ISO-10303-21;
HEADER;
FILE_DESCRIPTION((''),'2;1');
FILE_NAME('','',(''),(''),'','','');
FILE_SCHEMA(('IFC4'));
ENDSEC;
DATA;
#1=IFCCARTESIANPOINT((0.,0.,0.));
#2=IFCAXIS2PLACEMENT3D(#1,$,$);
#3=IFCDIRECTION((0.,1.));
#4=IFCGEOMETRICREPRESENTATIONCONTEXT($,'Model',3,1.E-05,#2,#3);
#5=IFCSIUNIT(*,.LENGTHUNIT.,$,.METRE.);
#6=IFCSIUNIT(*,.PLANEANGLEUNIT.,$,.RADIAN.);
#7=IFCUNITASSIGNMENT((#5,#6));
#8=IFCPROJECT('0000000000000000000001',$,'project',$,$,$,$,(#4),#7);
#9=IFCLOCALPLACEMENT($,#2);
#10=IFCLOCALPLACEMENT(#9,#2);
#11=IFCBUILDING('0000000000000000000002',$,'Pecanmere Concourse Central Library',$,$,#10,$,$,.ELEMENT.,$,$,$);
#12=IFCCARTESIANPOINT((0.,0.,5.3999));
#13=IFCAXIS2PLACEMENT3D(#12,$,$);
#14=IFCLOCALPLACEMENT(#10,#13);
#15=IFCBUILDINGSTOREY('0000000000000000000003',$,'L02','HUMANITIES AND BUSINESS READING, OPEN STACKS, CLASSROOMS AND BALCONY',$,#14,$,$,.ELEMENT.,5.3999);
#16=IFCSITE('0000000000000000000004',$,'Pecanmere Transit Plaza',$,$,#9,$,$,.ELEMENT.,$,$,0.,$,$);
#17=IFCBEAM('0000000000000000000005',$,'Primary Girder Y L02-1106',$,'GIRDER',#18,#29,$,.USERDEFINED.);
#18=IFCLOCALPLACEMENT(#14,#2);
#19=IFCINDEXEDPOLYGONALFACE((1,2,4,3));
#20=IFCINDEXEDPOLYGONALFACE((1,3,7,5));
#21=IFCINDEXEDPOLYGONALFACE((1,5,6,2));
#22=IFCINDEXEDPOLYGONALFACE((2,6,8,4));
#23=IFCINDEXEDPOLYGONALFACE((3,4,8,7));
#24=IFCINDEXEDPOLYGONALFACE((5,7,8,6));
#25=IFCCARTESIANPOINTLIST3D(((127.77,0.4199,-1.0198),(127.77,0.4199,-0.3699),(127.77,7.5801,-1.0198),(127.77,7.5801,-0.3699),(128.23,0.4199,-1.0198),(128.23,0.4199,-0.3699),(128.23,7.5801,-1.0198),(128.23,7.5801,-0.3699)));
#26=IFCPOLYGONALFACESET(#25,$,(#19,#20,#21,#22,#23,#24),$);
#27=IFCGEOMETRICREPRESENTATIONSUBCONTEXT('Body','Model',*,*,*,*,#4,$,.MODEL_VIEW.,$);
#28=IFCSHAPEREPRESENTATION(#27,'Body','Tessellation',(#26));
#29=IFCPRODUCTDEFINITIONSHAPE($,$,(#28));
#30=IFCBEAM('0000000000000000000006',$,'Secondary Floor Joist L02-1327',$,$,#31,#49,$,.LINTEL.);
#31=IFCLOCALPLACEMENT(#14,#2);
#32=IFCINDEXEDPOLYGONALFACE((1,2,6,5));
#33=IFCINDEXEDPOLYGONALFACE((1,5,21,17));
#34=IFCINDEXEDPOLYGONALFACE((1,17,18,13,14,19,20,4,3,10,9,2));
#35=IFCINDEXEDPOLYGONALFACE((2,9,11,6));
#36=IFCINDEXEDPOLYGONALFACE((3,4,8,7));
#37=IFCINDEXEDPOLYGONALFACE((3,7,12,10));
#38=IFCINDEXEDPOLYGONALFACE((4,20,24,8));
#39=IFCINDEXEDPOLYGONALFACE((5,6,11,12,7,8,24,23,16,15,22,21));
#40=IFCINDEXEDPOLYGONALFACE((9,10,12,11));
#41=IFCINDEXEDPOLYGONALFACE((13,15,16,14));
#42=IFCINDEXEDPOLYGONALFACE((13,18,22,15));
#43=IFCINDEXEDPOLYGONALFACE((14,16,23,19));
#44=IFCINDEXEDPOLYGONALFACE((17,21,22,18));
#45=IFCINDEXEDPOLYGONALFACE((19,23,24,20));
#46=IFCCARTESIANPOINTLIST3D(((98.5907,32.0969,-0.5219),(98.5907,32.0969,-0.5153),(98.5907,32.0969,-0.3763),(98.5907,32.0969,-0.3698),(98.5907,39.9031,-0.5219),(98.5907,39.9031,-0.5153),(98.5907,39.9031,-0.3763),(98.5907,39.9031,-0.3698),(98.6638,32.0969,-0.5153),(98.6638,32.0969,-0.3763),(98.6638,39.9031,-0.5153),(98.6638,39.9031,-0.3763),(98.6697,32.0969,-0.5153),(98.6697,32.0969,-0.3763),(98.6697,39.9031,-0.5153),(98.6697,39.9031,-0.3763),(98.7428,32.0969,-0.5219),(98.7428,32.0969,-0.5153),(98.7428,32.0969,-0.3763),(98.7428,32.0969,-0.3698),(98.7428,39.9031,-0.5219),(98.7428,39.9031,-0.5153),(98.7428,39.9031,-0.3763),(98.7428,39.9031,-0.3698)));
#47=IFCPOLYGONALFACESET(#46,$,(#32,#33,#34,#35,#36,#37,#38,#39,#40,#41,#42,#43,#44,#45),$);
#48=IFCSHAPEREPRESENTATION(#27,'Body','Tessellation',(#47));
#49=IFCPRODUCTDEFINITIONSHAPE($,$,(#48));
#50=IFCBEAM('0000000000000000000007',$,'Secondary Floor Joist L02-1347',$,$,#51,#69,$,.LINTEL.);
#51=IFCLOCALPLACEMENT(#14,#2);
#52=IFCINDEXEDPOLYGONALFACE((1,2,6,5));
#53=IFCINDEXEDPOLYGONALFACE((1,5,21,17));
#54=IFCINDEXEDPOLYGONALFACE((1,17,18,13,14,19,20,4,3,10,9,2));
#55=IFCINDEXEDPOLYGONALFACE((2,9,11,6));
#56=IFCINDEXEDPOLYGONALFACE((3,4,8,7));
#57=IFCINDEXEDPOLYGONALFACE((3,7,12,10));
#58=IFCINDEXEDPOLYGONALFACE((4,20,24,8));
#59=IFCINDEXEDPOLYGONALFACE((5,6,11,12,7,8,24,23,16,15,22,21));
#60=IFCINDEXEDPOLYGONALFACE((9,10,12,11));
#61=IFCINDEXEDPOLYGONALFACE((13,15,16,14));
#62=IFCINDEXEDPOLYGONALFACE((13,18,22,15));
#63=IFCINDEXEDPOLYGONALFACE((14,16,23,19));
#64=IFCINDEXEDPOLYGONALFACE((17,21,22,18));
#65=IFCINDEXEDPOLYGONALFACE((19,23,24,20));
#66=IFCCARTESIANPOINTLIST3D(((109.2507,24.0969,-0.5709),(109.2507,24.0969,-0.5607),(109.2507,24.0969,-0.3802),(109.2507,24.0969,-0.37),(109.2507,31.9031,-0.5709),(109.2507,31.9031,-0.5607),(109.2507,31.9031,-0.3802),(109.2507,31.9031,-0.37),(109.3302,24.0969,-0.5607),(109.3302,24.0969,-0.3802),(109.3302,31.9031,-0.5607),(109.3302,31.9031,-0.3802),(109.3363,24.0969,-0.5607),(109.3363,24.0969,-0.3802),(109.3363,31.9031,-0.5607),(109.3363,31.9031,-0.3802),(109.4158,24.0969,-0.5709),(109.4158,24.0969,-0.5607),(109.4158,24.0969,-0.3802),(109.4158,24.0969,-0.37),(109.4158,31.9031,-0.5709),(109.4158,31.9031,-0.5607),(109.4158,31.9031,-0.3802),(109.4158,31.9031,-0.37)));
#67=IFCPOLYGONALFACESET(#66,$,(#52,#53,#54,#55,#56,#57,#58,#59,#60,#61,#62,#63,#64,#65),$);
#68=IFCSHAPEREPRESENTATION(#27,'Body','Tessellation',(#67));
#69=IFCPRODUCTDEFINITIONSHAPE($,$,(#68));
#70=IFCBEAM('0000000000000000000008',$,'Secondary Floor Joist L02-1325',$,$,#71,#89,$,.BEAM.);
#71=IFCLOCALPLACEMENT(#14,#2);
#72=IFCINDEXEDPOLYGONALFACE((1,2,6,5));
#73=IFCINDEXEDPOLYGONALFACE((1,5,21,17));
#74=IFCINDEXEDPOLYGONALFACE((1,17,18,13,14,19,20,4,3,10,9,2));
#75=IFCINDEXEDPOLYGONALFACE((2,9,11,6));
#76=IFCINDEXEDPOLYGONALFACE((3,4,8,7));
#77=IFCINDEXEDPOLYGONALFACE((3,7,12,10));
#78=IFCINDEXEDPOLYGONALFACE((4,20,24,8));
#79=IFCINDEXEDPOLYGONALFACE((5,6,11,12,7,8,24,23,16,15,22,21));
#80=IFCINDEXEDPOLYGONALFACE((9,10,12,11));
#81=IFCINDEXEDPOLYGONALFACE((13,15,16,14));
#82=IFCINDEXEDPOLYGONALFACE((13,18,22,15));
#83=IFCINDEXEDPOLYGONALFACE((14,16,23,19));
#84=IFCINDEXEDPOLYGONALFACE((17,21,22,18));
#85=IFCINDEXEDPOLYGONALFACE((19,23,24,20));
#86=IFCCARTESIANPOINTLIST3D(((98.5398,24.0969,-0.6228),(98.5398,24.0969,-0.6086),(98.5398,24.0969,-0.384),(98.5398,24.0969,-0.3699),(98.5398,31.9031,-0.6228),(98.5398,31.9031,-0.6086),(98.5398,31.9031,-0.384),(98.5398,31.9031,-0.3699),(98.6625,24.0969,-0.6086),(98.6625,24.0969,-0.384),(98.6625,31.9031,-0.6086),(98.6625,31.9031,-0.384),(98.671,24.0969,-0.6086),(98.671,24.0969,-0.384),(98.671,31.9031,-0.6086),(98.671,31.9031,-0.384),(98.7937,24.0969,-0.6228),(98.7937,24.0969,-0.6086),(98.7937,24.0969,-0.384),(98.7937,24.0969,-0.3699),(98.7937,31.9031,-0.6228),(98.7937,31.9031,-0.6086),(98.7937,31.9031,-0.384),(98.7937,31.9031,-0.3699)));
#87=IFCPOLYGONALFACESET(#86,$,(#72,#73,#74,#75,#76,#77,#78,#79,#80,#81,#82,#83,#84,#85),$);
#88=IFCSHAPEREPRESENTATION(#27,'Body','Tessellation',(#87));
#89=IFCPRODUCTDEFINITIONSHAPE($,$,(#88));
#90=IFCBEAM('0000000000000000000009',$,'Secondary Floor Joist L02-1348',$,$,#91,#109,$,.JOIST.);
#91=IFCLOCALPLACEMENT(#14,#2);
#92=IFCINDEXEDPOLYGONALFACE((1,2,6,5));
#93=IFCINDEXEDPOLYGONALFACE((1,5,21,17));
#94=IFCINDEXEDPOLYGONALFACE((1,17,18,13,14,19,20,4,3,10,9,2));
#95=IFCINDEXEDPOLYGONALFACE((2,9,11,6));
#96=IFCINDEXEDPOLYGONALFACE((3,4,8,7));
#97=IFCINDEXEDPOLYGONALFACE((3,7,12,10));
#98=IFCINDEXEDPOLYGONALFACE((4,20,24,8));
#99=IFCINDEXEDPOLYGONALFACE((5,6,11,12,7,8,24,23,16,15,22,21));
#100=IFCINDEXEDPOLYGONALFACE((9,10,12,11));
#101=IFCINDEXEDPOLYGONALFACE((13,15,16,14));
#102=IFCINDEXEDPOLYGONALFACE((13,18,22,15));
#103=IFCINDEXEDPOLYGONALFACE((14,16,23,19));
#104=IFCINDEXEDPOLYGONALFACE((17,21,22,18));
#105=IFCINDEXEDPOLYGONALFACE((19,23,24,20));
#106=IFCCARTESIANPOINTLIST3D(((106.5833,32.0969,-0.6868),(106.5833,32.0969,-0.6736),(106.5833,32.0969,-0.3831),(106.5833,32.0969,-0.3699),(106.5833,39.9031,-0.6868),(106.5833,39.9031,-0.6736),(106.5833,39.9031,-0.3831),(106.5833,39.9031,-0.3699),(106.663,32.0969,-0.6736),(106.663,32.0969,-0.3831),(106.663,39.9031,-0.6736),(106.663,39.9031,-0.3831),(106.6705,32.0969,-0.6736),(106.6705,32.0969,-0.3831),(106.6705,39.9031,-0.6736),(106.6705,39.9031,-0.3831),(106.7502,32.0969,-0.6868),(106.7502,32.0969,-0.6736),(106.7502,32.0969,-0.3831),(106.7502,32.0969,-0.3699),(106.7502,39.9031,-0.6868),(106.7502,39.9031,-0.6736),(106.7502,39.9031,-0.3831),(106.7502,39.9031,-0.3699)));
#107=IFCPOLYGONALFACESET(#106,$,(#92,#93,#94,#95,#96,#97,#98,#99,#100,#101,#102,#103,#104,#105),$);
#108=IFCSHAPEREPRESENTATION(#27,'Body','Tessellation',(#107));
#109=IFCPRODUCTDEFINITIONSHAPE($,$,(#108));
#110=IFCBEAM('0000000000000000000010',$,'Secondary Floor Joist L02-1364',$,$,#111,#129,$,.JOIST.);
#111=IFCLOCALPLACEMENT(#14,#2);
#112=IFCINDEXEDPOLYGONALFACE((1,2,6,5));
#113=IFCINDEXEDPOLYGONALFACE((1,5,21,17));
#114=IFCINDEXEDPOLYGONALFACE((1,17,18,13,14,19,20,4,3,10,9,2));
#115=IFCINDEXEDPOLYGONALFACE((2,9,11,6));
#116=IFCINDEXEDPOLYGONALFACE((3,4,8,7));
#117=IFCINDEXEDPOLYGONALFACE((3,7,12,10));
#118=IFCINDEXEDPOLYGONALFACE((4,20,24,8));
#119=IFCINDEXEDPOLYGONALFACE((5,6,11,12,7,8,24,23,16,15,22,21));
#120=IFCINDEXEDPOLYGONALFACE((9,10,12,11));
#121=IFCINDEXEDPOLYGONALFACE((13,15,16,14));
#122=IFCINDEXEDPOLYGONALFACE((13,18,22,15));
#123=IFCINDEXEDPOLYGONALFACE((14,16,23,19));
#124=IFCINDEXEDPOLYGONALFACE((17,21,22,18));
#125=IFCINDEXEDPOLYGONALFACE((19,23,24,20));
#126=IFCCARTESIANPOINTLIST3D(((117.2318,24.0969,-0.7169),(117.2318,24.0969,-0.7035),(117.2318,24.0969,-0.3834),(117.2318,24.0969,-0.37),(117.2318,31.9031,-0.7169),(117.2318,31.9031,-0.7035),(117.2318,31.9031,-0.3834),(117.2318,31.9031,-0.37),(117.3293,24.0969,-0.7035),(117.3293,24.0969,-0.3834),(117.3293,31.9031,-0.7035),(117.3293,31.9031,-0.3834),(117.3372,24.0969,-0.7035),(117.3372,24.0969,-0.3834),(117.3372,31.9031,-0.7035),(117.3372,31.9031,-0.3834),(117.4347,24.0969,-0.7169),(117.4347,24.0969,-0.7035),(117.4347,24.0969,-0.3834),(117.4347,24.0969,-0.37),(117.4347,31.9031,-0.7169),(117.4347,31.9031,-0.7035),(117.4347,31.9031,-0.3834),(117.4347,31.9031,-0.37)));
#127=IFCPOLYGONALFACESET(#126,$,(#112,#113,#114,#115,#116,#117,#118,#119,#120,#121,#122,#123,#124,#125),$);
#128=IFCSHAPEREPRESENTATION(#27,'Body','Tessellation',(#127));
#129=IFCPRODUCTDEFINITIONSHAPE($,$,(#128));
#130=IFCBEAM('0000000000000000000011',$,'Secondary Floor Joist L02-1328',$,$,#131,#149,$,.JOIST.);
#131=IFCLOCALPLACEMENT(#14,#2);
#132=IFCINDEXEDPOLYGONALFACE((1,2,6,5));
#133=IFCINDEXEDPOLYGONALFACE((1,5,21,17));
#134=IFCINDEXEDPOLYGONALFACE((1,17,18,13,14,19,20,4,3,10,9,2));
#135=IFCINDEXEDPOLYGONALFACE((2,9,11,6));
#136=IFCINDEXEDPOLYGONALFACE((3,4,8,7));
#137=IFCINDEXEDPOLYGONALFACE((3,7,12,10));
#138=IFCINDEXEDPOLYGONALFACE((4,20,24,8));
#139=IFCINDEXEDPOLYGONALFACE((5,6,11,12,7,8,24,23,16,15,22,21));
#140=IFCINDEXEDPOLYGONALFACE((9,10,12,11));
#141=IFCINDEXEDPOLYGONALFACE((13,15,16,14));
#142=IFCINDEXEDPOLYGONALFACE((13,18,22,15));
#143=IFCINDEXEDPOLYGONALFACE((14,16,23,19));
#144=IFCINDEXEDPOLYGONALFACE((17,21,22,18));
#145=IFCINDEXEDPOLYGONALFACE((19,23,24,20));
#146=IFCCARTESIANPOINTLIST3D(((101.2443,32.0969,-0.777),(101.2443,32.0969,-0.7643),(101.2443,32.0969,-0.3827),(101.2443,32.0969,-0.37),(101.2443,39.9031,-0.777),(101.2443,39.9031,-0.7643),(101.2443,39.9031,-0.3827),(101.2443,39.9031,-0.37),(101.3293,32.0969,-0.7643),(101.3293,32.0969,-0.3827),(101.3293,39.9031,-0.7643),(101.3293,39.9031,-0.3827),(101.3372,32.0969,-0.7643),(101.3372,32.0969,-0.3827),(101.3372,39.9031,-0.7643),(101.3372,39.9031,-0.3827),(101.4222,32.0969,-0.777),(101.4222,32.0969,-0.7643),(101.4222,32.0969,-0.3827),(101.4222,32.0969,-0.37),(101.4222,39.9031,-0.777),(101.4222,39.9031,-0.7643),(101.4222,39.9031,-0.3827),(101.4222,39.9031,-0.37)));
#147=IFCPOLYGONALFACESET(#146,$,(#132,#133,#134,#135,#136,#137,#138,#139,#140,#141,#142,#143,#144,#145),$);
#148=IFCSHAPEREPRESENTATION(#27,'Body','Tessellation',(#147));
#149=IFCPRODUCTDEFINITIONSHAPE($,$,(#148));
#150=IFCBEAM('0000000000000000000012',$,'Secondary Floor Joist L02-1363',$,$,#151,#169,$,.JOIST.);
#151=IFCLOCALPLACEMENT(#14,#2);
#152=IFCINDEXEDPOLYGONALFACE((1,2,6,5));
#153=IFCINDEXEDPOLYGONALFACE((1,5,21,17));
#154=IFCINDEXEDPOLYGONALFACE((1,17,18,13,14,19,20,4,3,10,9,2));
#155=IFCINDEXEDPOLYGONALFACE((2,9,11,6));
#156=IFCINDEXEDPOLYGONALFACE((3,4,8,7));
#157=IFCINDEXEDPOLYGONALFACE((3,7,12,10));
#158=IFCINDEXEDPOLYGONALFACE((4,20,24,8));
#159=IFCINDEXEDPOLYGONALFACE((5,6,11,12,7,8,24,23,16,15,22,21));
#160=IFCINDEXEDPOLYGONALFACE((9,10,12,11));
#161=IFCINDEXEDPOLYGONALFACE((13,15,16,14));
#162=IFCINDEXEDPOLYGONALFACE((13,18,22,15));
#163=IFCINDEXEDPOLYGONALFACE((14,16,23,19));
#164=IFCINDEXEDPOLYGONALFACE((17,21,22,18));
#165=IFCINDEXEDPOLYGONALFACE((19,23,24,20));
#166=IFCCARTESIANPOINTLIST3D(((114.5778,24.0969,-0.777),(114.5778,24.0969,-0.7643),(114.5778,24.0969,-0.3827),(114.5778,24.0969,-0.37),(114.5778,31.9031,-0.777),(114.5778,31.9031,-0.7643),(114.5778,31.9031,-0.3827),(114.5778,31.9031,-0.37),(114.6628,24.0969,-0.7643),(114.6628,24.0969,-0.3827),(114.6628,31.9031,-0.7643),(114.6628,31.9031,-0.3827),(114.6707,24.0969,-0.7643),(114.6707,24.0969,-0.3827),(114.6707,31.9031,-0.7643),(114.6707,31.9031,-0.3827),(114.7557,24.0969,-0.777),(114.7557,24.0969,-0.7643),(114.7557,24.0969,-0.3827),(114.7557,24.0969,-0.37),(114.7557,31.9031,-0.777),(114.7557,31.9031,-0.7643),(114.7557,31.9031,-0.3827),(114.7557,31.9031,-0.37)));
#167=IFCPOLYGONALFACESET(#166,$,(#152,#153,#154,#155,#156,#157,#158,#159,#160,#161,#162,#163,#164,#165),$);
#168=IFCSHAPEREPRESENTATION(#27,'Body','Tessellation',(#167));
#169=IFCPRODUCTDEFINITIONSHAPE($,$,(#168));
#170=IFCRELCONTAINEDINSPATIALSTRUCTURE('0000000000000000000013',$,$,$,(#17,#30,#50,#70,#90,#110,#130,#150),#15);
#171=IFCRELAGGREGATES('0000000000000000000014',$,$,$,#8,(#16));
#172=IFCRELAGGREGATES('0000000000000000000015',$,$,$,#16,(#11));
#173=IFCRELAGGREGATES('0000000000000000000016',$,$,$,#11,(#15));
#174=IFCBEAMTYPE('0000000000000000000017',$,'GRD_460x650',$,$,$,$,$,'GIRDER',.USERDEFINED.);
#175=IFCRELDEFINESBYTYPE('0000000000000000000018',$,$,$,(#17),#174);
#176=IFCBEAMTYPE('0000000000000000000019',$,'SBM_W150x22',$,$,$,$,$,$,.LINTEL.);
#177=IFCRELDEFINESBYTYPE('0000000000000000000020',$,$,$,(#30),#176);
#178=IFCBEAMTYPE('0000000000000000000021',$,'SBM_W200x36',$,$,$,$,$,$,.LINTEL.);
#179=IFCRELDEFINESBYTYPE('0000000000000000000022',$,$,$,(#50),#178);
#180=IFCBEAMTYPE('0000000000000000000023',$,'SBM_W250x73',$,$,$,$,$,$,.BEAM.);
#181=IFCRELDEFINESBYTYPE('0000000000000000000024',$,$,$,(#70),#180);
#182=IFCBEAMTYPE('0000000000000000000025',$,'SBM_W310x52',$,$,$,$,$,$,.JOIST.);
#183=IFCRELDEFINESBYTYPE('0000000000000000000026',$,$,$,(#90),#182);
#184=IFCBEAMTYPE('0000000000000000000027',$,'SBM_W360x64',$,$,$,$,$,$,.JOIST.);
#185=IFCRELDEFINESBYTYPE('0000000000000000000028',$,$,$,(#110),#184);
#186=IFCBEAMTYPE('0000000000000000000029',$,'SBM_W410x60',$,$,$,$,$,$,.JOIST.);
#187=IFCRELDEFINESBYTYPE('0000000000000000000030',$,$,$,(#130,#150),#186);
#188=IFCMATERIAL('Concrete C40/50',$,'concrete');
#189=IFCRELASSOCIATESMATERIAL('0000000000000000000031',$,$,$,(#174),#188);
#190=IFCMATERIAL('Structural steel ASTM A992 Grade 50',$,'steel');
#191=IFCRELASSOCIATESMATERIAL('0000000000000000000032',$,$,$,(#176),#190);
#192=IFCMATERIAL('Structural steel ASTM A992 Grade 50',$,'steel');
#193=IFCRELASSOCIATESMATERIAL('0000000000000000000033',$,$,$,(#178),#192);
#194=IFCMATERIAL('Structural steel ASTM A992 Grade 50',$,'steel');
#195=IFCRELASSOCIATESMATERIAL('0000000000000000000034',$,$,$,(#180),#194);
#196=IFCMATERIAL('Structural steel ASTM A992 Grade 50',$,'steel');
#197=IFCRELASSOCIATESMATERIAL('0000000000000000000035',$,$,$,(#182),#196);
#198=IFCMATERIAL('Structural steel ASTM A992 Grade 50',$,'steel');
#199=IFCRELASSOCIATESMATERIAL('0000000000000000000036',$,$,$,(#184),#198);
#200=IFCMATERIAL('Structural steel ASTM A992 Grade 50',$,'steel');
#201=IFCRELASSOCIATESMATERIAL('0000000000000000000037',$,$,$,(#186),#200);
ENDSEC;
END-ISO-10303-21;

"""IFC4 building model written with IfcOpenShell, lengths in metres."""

from ifc_helpers import new_model, si_unit, direction, frame, origin, origin_2d, place, context, subcontext, project, spatial, rectangle, i_section, extrude, material, material_profile, profile_set, type_object, element, save


model = new_model("IFC4")

# Units and contexts
model_context = context("Model", 3, precision=1e-05, world=origin(), true_north=direction((0.0, 1.0)))
body_context = subcontext(model_context, "Body", "Model", "MODEL_VIEW")
ifc_project = project(units=[si_unit("LENGTHUNIT", "METRE"), si_unit("PLANEANGLEUNIT", "RADIAN")], contexts=[model_context])

# Site, building, storey
site_placement = place(None, origin())
site = spatial("IfcSite", under=ifc_project, at=site_placement, Name="Pecanmere Transit Plaza", CompositionType="ELEMENT", RefElevation=0.0)
building_placement = place(site_placement, origin())
building = spatial("IfcBuilding", under=site, at=building_placement, Name="Pecanmere Concourse Central Library", CompositionType="ELEMENT")
storey_placement = place(building_placement, frame((0.0, 0.0, 5.3999)))
storey = spatial("IfcBuildingStorey", under=building, at=storey_placement, Name="L02", Description="HUMANITIES AND BUSINESS READING, OPEN STACKS, CLASSROOMS AND BALCONY", CompositionType="ELEMENT", Elevation=5.3999)

# Beams
ifc_material_1 = material(Name="Concrete C40/50", Category="concrete")
ifc_material_profile_1 = material_profile(ifc_material_1, rectangle(XDim=0.46, YDim=0.6499, at=origin_2d()), Name="RC 460x650")
ifc_profile_set_1 = profile_set([ifc_material_profile_1], Name="Concrete C40/50")
beam_type_1 = type_object("IfcBeamType", Name="GRD_460x650", ElementType="GIRDER", PredefinedType="USERDEFINED", material=ifc_profile_set_1)
beam_1_placement = place(storey_placement, frame((128.0, 0.4199, -0.6948), z_axis=(0.0, 1.0, 0.0), x_axis=(-1.0, 0.0, 0.0)))
element("IfcBeam", 1, at=beam_1_placement, inside=storey, type_object=beam_type_1, Name="Primary Girder Y L02-1106", ObjectType="GIRDER", PredefinedType="USERDEFINED", context=body_context, shape_type="SweptSolid", body=[
    extrude(rectangle(XDim=0.46, YDim=0.6499, at=origin_2d()), origin(), (0.0, 0.0, 1.0), 7.1602),
])
ifc_material_2 = material(Name="Structural steel ASTM A992 Grade 50", Category="steel")
ifc_material_profile_2 = material_profile(ifc_material_2, i_section(OverallWidth=0.1521, OverallDepth=0.1521, WebThickness=0.0059, FlangeThickness=0.0066, at=origin_2d()), Name="W150x22.5")
ifc_profile_set_2 = profile_set([ifc_material_profile_2], Name="Structural steel ASTM A992 Grade 50")
beam_type_2 = type_object("IfcBeamType", Name="SBM_W150x22", PredefinedType="LINTEL", material=ifc_profile_set_2)
beam_2_placement = place(storey_placement, frame((98.6667, 32.0969, -0.4458), z_axis=(0.0, 1.0, 0.0), x_axis=(-1.0, 0.0, 0.0)))
element("IfcBeam", 2, at=beam_2_placement, inside=storey, type_object=beam_type_2, Name="Secondary Floor Joist L02-1327", PredefinedType="LINTEL", context=body_context, shape_type="SweptSolid", body=[
    extrude(i_section(OverallWidth=0.1521, OverallDepth=0.1521, WebThickness=0.0059, FlangeThickness=0.0066, at=origin_2d()), origin(), (0.0, 0.0, 1.0), 7.8062),
])
ifc_material_3 = material(Name="Structural steel ASTM A992 Grade 50", Category="steel")
ifc_material_profile_3 = material_profile(ifc_material_3, i_section(OverallWidth=0.165, OverallDepth=0.2009, WebThickness=0.0061, FlangeThickness=0.0103, at=origin_2d()), Name="W200x35.9")
ifc_profile_set_3 = profile_set([ifc_material_profile_3], Name="Structural steel ASTM A992 Grade 50")
beam_type_3 = type_object("IfcBeamType", Name="SBM_W200x36", PredefinedType="LINTEL", material=ifc_profile_set_3)
beam_3_placement = place(storey_placement, frame((109.3333, 24.0969, -0.4705), z_axis=(0.0, 1.0, 0.0), x_axis=(-1.0, 0.0, 0.0)))
element("IfcBeam", 3, at=beam_3_placement, inside=storey, type_object=beam_type_3, Name="Secondary Floor Joist L02-1347", PredefinedType="LINTEL", context=body_context, shape_type="SweptSolid", body=[
    extrude(i_section(OverallWidth=0.165, OverallDepth=0.2009, WebThickness=0.0061, FlangeThickness=0.0103, at=origin_2d()), origin(), (0.0, 0.0, 1.0), 7.8062),
])
ifc_material_4 = material(Name="Structural steel ASTM A992 Grade 50", Category="steel")
ifc_material_profile_4 = material_profile(ifc_material_4, i_section(OverallWidth=0.2539, OverallDepth=0.2529, WebThickness=0.0085, FlangeThickness=0.0142, at=origin_2d()), Name="W250x73")
ifc_profile_set_4 = profile_set([ifc_material_profile_4], Name="Structural steel ASTM A992 Grade 50")
beam_type_4 = type_object("IfcBeamType", Name="SBM_W250x73", PredefinedType="BEAM", material=ifc_profile_set_4)
beam_4_placement = place(storey_placement, frame((98.6667, 24.0969, -0.4963), z_axis=(0.0, 1.0, 0.0), x_axis=(-1.0, 0.0, 0.0)))
element("IfcBeam", 4, at=beam_4_placement, inside=storey, type_object=beam_type_4, Name="Secondary Floor Joist L02-1325", PredefinedType="BEAM", context=body_context, shape_type="SweptSolid", body=[
    extrude(i_section(OverallWidth=0.2539, OverallDepth=0.2529, WebThickness=0.0085, FlangeThickness=0.0142, at=origin_2d()), origin(), (0.0, 0.0, 1.0), 7.8062),
])
ifc_material_5 = material(Name="Structural steel ASTM A992 Grade 50", Category="steel")
ifc_material_profile_5 = material_profile(ifc_material_5, i_section(OverallWidth=0.167, OverallDepth=0.3169, WebThickness=0.0076, FlangeThickness=0.0132, at=origin_2d()), Name="W310x52")
ifc_profile_set_5 = profile_set([ifc_material_profile_5], Name="Structural steel ASTM A992 Grade 50")
beam_type_5 = type_object("IfcBeamType", Name="SBM_W310x52", PredefinedType="JOIST", material=ifc_profile_set_5)
beam_5_placement = place(storey_placement, frame((106.6667, 32.0969, -0.5283), z_axis=(0.0, 1.0, 0.0), x_axis=(-1.0, 0.0, 0.0)))
element("IfcBeam", 5, at=beam_5_placement, inside=storey, type_object=beam_type_5, Name="Secondary Floor Joist L02-1348", PredefinedType="JOIST", context=body_context, shape_type="SweptSolid", body=[
    extrude(i_section(OverallWidth=0.167, OverallDepth=0.3169, WebThickness=0.0076, FlangeThickness=0.0132, at=origin_2d()), origin(), (0.0, 0.0, 1.0), 7.8062),
])
ifc_material_6 = material(Name="Structural steel ASTM A992 Grade 50", Category="steel")
ifc_material_profile_6 = material_profile(ifc_material_6, i_section(OverallWidth=0.2029, OverallDepth=0.3469, WebThickness=0.0078, FlangeThickness=0.0134, at=origin_2d()), Name="W360x64")
ifc_profile_set_6 = profile_set([ifc_material_profile_6], Name="Structural steel ASTM A992 Grade 50")
beam_type_6 = type_object("IfcBeamType", Name="SBM_W360x64", PredefinedType="JOIST", material=ifc_profile_set_6)
beam_6_placement = place(storey_placement, frame((117.3333, 24.0969, -0.5435), z_axis=(0.0, 1.0, 0.0), x_axis=(-1.0, 0.0, 0.0)))
element("IfcBeam", 6, at=beam_6_placement, inside=storey, type_object=beam_type_6, Name="Secondary Floor Joist L02-1364", PredefinedType="JOIST", context=body_context, shape_type="SweptSolid", body=[
    extrude(i_section(OverallWidth=0.2029, OverallDepth=0.3469, WebThickness=0.0078, FlangeThickness=0.0134, at=origin_2d()), origin(), (0.0, 0.0, 1.0), 7.8062),
])
ifc_material_7 = material(Name="Structural steel ASTM A992 Grade 50", Category="steel")
ifc_material_profile_7 = material_profile(ifc_material_7, i_section(OverallWidth=0.178, OverallDepth=0.407, WebThickness=0.0078, FlangeThickness=0.0127, at=origin_2d()), Name="W410x60")
ifc_profile_set_7 = profile_set([ifc_material_profile_7], Name="Structural steel ASTM A992 Grade 50")
beam_type_7 = type_object("IfcBeamType", Name="SBM_W410x60", PredefinedType="JOIST", material=ifc_profile_set_7)
for number, where, z_axis, x_axis, name in (
    (7, (101.3333, 32.0969, -0.5735), (0.0, 1.0, 0.0), (-1.0, 0.0, 0.0), "Secondary Floor Joist L02-1328"),
    (8, (114.6667, 24.0969, -0.5735), (0.0, 1.0, 0.0), (-1.0, 0.0, 0.0), "Secondary Floor Joist L02-1363"),
):
    element("IfcBeam", number, at=place(storey_placement, frame(where, z_axis=z_axis, x_axis=x_axis)), inside=storey, type_object=beam_type_7, Name=name, PredefinedType="JOIST", context=body_context, shape_type="SweptSolid", body=[
        extrude(i_section(OverallWidth=0.178, OverallDepth=0.407, WebThickness=0.0078, FlangeThickness=0.0127, at=origin_2d()), origin(), (0.0, 0.0, 1.0), 7.8062),
    ])

save(model, "model.ifc")
